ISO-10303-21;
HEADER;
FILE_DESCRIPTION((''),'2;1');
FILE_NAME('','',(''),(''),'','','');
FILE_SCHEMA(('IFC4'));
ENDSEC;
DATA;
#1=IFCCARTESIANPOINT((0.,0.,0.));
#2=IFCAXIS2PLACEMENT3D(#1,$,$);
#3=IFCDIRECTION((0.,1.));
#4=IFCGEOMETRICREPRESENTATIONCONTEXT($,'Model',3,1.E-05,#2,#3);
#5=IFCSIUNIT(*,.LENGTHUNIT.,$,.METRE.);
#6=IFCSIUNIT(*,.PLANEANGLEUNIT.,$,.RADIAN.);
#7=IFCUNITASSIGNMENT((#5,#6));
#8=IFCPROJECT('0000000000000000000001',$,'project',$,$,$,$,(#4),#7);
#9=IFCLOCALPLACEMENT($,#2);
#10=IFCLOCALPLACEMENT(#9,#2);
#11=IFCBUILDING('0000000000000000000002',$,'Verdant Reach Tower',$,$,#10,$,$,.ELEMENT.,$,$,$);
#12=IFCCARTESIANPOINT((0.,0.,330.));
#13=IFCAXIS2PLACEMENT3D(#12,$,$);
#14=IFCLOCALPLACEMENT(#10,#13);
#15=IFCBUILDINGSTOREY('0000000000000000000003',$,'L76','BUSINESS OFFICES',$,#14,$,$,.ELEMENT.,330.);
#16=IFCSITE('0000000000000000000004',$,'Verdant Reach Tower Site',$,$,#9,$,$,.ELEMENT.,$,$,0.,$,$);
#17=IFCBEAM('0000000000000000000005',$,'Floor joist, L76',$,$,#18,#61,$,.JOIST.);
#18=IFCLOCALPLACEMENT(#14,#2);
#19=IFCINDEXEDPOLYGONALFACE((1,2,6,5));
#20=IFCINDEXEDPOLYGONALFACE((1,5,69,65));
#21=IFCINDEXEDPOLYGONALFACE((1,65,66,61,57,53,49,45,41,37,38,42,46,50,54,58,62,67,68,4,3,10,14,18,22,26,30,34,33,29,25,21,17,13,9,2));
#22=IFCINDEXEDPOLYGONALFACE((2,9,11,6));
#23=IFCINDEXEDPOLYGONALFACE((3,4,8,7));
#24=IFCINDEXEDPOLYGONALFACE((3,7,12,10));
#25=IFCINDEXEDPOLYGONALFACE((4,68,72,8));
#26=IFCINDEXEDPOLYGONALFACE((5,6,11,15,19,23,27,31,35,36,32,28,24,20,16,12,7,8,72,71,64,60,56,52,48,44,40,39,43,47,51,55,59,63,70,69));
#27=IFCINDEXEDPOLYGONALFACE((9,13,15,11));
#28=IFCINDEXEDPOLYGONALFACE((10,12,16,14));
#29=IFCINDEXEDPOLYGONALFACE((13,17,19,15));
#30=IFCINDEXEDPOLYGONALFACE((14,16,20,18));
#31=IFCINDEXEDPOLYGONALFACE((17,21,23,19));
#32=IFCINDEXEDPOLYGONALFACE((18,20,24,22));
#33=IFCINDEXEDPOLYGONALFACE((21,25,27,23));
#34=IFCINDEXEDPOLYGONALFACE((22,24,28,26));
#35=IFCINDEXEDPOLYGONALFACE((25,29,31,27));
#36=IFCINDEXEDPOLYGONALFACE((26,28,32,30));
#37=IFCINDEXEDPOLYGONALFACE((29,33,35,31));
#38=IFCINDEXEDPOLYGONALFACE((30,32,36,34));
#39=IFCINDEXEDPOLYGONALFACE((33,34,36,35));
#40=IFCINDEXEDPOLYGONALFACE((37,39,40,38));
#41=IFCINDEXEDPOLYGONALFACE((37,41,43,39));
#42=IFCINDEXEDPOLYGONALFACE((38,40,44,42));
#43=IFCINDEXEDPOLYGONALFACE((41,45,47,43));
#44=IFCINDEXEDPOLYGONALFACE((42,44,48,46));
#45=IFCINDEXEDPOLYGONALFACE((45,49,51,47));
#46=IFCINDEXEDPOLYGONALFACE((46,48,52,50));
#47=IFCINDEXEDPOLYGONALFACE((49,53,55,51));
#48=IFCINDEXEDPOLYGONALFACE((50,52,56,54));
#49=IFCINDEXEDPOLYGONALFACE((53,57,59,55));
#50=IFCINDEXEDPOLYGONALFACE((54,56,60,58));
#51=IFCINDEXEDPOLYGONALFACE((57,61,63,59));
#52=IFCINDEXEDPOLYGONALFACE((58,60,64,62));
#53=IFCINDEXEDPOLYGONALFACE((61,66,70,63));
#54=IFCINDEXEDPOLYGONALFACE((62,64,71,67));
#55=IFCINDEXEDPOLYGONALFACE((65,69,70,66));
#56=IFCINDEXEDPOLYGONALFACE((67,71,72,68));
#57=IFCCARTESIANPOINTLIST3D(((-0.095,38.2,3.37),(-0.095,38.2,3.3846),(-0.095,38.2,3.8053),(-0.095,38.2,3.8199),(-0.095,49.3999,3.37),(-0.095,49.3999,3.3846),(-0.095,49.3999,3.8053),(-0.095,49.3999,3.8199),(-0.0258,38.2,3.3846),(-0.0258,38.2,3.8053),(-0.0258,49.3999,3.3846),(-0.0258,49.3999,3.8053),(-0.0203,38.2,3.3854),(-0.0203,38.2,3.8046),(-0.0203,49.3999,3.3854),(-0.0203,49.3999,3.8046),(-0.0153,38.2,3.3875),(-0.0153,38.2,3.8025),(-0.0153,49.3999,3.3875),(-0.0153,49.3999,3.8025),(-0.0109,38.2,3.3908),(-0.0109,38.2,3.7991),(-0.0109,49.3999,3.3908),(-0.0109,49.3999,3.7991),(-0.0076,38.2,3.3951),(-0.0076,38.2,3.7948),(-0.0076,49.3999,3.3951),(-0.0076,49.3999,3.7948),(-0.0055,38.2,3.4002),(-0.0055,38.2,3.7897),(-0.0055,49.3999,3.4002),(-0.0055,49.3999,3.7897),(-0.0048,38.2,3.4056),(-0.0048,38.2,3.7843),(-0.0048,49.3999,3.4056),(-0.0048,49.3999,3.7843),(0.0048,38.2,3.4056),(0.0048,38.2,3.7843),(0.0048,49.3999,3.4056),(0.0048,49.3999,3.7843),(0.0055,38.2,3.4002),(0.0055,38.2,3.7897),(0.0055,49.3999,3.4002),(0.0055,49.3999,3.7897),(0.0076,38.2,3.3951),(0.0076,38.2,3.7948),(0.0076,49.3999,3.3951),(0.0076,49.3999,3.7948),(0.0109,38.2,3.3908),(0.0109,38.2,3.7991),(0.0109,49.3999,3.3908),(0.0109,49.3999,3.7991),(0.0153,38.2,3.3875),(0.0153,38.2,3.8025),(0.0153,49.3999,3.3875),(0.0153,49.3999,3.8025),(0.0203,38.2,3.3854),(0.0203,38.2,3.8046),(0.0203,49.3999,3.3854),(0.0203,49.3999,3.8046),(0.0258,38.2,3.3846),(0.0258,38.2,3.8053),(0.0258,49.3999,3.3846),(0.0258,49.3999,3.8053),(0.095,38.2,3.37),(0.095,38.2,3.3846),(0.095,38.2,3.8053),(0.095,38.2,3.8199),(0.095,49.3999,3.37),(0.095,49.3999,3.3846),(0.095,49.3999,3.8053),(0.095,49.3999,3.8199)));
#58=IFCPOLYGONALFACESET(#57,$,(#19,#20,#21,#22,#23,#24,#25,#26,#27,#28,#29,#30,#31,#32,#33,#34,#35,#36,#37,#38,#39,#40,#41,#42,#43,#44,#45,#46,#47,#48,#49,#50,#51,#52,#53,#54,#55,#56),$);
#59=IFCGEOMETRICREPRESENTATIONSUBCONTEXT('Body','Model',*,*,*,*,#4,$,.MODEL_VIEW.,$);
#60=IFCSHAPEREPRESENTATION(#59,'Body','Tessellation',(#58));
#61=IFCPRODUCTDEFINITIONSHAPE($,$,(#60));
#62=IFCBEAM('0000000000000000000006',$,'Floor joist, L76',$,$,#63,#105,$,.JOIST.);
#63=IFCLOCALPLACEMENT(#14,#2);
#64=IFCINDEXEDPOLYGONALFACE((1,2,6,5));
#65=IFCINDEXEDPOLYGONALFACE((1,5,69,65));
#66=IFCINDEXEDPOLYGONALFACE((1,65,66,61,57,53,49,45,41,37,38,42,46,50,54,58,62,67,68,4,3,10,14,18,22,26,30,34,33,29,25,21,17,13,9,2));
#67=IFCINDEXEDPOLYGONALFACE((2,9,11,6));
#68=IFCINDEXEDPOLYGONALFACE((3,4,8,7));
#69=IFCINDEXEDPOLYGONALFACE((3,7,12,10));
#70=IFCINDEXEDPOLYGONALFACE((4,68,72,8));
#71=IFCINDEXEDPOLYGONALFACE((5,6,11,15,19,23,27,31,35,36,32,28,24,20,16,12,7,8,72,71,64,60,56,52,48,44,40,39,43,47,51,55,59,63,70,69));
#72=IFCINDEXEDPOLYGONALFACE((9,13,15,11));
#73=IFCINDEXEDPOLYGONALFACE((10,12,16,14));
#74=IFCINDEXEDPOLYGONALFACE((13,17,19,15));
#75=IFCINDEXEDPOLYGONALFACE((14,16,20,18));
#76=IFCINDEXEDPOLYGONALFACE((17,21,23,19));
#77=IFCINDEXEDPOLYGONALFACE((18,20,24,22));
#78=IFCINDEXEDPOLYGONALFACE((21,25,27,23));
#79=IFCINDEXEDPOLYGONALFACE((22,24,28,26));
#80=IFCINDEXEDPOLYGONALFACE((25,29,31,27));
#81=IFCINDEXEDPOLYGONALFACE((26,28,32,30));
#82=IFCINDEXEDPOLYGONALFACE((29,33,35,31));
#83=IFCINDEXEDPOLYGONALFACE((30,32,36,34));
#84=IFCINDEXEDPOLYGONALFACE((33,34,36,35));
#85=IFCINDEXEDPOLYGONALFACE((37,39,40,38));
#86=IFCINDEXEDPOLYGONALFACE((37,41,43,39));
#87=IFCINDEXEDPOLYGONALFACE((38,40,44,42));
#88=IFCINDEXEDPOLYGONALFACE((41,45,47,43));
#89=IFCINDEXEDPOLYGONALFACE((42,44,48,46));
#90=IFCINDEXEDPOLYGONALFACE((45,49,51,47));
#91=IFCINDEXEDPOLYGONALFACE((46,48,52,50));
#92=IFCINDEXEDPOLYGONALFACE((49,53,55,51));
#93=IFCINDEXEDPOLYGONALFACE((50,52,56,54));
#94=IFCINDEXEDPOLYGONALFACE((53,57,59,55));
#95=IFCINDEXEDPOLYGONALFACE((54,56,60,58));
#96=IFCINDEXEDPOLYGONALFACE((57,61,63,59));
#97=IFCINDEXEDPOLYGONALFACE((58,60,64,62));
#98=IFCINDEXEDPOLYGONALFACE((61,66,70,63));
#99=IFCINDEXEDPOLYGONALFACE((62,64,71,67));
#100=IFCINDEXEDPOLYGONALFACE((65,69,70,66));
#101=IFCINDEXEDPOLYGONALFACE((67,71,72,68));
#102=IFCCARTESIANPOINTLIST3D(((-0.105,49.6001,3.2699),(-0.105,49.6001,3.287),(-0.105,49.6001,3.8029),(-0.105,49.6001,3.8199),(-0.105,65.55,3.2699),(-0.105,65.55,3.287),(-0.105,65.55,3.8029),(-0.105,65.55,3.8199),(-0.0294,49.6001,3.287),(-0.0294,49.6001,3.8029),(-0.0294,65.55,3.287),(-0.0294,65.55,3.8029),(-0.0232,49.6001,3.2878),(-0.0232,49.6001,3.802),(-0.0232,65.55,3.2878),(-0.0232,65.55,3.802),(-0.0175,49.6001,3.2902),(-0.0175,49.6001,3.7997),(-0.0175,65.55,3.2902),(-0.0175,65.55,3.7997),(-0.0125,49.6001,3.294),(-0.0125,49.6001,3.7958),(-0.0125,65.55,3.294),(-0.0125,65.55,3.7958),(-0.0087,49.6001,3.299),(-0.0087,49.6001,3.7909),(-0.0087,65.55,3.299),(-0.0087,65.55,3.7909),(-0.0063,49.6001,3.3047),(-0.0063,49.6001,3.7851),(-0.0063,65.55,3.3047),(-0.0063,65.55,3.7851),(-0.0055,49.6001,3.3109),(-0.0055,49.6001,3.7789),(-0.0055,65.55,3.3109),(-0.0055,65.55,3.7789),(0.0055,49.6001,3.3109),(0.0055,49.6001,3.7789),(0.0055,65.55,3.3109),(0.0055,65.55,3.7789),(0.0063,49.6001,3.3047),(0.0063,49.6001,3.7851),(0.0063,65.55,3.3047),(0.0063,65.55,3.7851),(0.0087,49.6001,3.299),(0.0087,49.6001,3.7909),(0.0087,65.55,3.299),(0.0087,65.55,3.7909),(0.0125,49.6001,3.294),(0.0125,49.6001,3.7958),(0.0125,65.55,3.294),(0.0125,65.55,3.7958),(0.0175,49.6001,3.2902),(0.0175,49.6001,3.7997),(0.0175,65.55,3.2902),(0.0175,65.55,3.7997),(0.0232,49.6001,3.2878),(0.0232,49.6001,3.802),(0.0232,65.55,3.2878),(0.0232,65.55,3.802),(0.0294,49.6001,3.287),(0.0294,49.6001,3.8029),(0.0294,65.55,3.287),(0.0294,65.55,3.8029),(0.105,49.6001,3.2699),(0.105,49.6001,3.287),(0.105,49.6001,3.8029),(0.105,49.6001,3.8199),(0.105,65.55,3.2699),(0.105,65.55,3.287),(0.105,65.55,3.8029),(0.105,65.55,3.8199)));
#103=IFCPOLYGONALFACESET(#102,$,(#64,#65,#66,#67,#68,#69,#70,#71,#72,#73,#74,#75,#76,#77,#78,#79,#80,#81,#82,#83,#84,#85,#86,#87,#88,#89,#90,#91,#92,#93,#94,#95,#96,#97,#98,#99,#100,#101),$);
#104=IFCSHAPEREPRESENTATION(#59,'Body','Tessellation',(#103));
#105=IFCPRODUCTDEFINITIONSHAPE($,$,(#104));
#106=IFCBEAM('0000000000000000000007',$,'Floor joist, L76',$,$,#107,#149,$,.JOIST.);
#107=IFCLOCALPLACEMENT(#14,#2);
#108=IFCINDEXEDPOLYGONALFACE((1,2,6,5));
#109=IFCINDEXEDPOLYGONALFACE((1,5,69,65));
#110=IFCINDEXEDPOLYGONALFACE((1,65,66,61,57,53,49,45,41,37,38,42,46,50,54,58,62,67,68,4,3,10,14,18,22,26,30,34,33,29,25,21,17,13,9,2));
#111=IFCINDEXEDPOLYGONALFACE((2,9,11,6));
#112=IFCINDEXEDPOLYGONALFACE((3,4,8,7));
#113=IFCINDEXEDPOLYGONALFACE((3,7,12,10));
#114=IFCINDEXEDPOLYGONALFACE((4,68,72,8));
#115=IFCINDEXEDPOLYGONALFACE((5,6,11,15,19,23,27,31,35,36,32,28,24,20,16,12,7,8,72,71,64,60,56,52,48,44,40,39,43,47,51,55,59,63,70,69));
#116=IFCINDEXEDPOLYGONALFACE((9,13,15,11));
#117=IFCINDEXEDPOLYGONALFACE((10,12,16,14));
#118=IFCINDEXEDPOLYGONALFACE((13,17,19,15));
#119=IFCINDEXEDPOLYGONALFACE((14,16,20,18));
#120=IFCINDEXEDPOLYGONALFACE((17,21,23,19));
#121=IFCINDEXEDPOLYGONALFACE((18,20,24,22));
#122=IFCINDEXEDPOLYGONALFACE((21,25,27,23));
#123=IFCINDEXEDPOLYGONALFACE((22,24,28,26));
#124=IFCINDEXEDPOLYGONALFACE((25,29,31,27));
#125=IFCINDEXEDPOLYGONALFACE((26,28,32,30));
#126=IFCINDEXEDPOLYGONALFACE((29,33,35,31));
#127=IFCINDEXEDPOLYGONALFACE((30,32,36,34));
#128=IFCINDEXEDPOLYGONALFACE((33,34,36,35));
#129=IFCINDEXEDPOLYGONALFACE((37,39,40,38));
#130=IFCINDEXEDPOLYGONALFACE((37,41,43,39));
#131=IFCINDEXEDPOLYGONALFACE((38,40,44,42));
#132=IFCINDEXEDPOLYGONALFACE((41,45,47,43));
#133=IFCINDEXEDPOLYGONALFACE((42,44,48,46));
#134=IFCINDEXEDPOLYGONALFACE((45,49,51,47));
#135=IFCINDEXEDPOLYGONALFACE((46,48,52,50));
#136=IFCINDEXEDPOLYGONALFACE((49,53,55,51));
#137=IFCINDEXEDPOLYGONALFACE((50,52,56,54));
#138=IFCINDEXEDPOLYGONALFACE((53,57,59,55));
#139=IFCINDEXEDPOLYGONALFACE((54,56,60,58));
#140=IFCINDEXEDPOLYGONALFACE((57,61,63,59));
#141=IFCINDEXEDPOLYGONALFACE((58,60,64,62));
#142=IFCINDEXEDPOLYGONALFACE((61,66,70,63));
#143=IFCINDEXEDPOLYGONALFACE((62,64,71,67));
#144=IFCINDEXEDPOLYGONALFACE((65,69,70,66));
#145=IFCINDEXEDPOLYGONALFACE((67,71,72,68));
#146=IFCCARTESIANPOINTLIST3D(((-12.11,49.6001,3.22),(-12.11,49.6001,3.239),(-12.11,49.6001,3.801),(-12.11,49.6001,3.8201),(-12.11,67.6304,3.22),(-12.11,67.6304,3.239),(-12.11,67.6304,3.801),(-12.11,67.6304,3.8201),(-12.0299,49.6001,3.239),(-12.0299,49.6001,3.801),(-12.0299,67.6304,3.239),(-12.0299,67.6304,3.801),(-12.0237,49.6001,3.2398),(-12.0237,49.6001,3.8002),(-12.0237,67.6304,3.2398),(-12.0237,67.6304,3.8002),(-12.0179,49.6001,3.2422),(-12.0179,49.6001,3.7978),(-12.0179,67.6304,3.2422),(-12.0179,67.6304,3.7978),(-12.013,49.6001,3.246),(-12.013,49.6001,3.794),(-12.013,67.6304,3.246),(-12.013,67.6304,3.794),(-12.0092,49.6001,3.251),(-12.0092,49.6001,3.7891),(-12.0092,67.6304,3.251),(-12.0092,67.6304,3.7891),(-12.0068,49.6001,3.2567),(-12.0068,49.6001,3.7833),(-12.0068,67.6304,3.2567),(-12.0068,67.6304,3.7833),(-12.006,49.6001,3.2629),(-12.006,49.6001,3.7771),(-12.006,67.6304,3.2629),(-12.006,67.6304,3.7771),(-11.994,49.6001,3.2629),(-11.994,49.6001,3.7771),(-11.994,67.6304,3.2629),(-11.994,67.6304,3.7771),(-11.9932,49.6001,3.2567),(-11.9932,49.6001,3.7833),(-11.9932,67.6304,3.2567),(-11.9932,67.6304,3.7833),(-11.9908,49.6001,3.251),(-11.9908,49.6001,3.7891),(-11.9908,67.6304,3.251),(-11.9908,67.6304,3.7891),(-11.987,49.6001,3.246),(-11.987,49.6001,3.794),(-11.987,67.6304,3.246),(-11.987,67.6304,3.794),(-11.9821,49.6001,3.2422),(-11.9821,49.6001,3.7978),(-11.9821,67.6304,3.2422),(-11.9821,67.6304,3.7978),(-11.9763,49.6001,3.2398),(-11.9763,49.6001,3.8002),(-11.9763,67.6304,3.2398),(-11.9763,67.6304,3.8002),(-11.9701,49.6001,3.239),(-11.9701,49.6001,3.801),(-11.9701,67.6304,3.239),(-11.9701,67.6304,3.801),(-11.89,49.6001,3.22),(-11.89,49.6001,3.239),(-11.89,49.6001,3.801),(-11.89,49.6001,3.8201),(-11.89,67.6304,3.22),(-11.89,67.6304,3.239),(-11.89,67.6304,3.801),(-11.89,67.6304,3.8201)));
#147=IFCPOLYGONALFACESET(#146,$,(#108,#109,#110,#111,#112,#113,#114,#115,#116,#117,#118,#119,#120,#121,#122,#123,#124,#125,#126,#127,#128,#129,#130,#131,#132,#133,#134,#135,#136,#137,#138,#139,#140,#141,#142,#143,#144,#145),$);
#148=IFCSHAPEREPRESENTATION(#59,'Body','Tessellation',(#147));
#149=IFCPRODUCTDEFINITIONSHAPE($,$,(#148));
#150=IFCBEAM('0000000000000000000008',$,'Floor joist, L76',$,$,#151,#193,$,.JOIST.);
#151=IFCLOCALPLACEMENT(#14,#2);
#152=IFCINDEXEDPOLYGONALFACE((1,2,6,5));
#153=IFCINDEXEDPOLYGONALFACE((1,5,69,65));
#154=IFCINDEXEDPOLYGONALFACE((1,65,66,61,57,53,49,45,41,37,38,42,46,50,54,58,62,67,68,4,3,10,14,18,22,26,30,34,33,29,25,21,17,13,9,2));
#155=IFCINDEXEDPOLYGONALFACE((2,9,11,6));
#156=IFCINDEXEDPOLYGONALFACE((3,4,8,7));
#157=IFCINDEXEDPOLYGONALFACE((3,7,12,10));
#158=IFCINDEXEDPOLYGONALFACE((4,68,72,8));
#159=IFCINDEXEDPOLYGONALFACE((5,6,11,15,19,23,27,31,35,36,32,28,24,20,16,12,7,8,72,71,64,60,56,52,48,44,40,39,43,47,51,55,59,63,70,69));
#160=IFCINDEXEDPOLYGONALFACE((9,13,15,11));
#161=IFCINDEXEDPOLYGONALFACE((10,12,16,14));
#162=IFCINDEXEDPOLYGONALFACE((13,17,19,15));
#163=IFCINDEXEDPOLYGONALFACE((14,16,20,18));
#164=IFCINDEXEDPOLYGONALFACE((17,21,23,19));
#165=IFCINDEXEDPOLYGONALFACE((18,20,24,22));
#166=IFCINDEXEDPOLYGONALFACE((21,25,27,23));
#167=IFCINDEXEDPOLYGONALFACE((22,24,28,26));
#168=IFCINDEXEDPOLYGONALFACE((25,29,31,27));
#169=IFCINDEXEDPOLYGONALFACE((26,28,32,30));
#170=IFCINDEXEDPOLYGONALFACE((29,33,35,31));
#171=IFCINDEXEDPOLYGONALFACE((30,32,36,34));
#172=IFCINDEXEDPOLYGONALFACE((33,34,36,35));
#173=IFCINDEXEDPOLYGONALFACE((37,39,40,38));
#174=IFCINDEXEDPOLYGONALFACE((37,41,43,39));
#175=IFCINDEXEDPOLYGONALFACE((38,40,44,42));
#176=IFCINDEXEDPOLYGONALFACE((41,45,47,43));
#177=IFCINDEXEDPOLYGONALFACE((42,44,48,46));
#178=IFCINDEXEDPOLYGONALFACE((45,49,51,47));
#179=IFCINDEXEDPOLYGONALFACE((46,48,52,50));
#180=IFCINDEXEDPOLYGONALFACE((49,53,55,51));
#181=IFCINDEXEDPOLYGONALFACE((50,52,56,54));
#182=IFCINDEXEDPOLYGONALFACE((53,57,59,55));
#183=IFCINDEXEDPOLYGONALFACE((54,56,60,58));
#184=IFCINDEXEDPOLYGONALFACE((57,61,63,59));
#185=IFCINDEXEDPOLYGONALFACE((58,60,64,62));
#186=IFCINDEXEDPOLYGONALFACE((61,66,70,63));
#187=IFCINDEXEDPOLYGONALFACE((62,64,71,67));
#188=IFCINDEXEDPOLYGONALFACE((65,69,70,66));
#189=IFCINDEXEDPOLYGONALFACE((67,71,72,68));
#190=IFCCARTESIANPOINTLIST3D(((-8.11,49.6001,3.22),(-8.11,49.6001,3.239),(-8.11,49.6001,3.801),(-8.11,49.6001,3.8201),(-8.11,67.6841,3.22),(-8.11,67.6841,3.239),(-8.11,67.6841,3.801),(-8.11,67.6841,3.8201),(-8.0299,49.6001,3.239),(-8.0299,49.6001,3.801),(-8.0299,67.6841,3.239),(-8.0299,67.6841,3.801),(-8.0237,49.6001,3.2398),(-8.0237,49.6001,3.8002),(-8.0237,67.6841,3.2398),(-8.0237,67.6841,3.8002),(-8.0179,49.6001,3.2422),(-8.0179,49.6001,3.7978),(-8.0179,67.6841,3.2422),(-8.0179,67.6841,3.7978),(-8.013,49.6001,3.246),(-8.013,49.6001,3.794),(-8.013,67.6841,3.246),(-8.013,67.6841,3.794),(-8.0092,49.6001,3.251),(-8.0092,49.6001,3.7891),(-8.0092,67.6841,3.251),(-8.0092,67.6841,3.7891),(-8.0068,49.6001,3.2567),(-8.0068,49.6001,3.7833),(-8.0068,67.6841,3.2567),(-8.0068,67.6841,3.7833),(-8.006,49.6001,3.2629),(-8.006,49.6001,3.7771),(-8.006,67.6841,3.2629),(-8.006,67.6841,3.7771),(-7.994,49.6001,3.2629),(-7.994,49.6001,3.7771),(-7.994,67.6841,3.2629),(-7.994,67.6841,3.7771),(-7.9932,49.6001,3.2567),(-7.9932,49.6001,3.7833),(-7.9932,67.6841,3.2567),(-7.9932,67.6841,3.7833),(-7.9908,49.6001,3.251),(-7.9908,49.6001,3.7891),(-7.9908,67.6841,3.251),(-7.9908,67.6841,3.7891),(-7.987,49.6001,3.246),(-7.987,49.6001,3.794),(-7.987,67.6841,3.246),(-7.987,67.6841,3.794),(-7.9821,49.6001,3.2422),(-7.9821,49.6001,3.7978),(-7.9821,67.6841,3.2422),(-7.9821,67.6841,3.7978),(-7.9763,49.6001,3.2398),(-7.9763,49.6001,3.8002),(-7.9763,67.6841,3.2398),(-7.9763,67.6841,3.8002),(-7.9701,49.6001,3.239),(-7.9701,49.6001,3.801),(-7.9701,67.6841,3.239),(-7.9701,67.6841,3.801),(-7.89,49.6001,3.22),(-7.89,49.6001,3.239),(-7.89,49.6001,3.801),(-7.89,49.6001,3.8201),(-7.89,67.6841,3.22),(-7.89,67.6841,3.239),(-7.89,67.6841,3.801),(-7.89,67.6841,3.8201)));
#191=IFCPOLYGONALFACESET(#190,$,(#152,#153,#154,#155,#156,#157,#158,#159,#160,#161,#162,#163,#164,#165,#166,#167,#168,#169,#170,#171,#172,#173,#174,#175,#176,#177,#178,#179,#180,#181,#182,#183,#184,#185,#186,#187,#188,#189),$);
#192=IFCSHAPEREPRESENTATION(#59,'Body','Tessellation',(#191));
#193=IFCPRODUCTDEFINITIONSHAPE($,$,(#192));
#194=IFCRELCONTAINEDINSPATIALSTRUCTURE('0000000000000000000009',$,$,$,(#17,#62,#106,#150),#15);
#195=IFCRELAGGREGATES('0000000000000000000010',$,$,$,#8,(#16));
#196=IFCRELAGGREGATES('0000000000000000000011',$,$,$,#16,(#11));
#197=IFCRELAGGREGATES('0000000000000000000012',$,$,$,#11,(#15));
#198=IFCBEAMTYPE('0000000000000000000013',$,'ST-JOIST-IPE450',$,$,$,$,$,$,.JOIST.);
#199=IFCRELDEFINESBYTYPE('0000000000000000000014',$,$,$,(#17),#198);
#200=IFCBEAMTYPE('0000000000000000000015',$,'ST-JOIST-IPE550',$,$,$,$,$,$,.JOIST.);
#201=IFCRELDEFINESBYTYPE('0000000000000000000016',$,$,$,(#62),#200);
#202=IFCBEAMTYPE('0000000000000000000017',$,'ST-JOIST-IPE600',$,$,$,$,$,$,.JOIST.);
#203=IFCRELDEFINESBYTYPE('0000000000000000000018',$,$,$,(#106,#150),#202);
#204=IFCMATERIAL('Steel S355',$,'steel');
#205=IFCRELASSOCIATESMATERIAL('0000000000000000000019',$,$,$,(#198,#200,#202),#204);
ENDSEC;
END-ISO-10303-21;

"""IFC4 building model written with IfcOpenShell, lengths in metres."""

from ifc_helpers import new_model, si_unit, direction, frame, origin, origin_2d, place, context, subcontext, project, spatial, i_section, extrude, material, material_profile, profile_set, type_object, element, save


model = new_model("IFC4")

# Units and contexts
model_context = context("Model", 3, precision=1e-05, world=origin(), true_north=direction((0.0, 1.0)))
body_context = subcontext(model_context, "Body", "Model", "MODEL_VIEW")
ifc_project = project(units=[si_unit("LENGTHUNIT", "METRE"), si_unit("PLANEANGLEUNIT", "RADIAN")], contexts=[model_context])

# Site, building, storey
site_placement = place(None, origin())
site = spatial("IfcSite", under=ifc_project, at=site_placement, Name="Verdant Reach Tower Site", CompositionType="ELEMENT", RefElevation=0.0)
building_placement = place(site_placement, origin())
building = spatial("IfcBuilding", under=site, at=building_placement, Name="Verdant Reach Tower", CompositionType="ELEMENT")
storey_placement = place(building_placement, frame((0.0, 0.0, 330.0)))
storey = spatial("IfcBuildingStorey", under=building, at=storey_placement, Name="L76", Description="BUSINESS OFFICES", CompositionType="ELEMENT", Elevation=330.0)

# Beams
ifc_material_1 = material(Name="Steel S355", Category="steel")
ifc_material_profile_1 = material_profile(ifc_material_1, i_section(OverallWidth=0.1899, OverallDepth=0.45, WebThickness=0.0095, FlangeThickness=0.0146, FilletRadius=0.021, at=origin_2d()), Name="IPE 450")
ifc_profile_set_1 = profile_set([ifc_material_profile_1], Name="Steel S355")
beam_type_1 = type_object("IfcBeamType", Name="ST-JOIST-IPE450", PredefinedType="JOIST", material=ifc_profile_set_1)
for number, where, z_axis, x_axis, name in (
    (1, (0.0, 38.2, 3.595), (0.0, 1.0, 0.0), (-1.0, 0.0, 0.0), "Floor joist, L76"),
):
    element("IfcBeam", number, at=place(storey_placement, frame(where, z_axis=z_axis, x_axis=x_axis)), inside=storey, type_object=beam_type_1, Name=name, PredefinedType="JOIST", context=body_context, shape_type="SweptSolid", body=[
        extrude(i_section(OverallWidth=0.1899, OverallDepth=0.45, WebThickness=0.0095, FlangeThickness=0.0146, FilletRadius=0.021, at=origin_2d()), origin(), (0.0, 0.0, 1.0), 11.2),
    ])
ifc_material_profile_2 = material_profile(ifc_material_1, i_section(OverallWidth=0.21, OverallDepth=0.55, WebThickness=0.011, FlangeThickness=0.0171, FilletRadius=0.0239, at=origin_2d()), Name="IPE 550")
ifc_profile_set_2 = profile_set([ifc_material_profile_2], Name="Steel S355")
beam_type_2 = type_object("IfcBeamType", Name="ST-JOIST-IPE550", PredefinedType="JOIST", material=ifc_profile_set_2)
beam_1_placement = place(storey_placement, frame((0.0, 49.6001, 3.5449), z_axis=(0.0, 1.0, 0.0), x_axis=(-1.0, 0.0, 0.0)))
element("IfcBeam", 2, at=beam_1_placement, inside=storey, type_object=beam_type_2, Name="Floor joist, L76", PredefinedType="JOIST", context=body_context, shape_type="SweptSolid", body=[
    extrude(i_section(OverallWidth=0.21, OverallDepth=0.55, WebThickness=0.011, FlangeThickness=0.0171, FilletRadius=0.0239, at=origin_2d()), origin(), (0.0, 0.0, 1.0), 15.95),
])
ifc_material_profile_3 = material_profile(ifc_material_1, i_section(OverallWidth=0.22, OverallDepth=0.6001, WebThickness=0.012, FlangeThickness=0.019, FilletRadius=0.0239, at=origin_2d()), Name="IPE 600")
ifc_profile_set_3 = profile_set([ifc_material_profile_3], Name="Steel S355")
beam_type_3 = type_object("IfcBeamType", Name="ST-JOIST-IPE600", PredefinedType="JOIST", material=ifc_profile_set_3)
beam_2_placement = place(storey_placement, frame((-12.0, 49.6001, 3.52), z_axis=(0.0, 1.0, 0.0), x_axis=(-1.0, 0.0, 0.0)))
element("IfcBeam", 3, at=beam_2_placement, inside=storey, type_object=beam_type_3, Name="Floor joist, L76", PredefinedType="JOIST", context=body_context, shape_type="SweptSolid", body=[
    extrude(i_section(OverallWidth=0.22, OverallDepth=0.6001, WebThickness=0.012, FlangeThickness=0.019, FilletRadius=0.0239, at=origin_2d()), origin(), (0.0, 0.0, 1.0), 18.0303),
])
beam_3_placement = place(storey_placement, frame((-8.0, 49.6001, 3.52), z_axis=(0.0, 1.0, 0.0), x_axis=(-1.0, 0.0, 0.0)))
element("IfcBeam", 4, at=beam_3_placement, inside=storey, type_object=beam_type_3, Name="Floor joist, L76", PredefinedType="JOIST", context=body_context, shape_type="SweptSolid", body=[
    extrude(i_section(OverallWidth=0.22, OverallDepth=0.6001, WebThickness=0.012, FlangeThickness=0.019, FilletRadius=0.0239, at=origin_2d()), origin(), (0.0, 0.0, 1.0), 18.084),
])

save(model, "model.ifc")
